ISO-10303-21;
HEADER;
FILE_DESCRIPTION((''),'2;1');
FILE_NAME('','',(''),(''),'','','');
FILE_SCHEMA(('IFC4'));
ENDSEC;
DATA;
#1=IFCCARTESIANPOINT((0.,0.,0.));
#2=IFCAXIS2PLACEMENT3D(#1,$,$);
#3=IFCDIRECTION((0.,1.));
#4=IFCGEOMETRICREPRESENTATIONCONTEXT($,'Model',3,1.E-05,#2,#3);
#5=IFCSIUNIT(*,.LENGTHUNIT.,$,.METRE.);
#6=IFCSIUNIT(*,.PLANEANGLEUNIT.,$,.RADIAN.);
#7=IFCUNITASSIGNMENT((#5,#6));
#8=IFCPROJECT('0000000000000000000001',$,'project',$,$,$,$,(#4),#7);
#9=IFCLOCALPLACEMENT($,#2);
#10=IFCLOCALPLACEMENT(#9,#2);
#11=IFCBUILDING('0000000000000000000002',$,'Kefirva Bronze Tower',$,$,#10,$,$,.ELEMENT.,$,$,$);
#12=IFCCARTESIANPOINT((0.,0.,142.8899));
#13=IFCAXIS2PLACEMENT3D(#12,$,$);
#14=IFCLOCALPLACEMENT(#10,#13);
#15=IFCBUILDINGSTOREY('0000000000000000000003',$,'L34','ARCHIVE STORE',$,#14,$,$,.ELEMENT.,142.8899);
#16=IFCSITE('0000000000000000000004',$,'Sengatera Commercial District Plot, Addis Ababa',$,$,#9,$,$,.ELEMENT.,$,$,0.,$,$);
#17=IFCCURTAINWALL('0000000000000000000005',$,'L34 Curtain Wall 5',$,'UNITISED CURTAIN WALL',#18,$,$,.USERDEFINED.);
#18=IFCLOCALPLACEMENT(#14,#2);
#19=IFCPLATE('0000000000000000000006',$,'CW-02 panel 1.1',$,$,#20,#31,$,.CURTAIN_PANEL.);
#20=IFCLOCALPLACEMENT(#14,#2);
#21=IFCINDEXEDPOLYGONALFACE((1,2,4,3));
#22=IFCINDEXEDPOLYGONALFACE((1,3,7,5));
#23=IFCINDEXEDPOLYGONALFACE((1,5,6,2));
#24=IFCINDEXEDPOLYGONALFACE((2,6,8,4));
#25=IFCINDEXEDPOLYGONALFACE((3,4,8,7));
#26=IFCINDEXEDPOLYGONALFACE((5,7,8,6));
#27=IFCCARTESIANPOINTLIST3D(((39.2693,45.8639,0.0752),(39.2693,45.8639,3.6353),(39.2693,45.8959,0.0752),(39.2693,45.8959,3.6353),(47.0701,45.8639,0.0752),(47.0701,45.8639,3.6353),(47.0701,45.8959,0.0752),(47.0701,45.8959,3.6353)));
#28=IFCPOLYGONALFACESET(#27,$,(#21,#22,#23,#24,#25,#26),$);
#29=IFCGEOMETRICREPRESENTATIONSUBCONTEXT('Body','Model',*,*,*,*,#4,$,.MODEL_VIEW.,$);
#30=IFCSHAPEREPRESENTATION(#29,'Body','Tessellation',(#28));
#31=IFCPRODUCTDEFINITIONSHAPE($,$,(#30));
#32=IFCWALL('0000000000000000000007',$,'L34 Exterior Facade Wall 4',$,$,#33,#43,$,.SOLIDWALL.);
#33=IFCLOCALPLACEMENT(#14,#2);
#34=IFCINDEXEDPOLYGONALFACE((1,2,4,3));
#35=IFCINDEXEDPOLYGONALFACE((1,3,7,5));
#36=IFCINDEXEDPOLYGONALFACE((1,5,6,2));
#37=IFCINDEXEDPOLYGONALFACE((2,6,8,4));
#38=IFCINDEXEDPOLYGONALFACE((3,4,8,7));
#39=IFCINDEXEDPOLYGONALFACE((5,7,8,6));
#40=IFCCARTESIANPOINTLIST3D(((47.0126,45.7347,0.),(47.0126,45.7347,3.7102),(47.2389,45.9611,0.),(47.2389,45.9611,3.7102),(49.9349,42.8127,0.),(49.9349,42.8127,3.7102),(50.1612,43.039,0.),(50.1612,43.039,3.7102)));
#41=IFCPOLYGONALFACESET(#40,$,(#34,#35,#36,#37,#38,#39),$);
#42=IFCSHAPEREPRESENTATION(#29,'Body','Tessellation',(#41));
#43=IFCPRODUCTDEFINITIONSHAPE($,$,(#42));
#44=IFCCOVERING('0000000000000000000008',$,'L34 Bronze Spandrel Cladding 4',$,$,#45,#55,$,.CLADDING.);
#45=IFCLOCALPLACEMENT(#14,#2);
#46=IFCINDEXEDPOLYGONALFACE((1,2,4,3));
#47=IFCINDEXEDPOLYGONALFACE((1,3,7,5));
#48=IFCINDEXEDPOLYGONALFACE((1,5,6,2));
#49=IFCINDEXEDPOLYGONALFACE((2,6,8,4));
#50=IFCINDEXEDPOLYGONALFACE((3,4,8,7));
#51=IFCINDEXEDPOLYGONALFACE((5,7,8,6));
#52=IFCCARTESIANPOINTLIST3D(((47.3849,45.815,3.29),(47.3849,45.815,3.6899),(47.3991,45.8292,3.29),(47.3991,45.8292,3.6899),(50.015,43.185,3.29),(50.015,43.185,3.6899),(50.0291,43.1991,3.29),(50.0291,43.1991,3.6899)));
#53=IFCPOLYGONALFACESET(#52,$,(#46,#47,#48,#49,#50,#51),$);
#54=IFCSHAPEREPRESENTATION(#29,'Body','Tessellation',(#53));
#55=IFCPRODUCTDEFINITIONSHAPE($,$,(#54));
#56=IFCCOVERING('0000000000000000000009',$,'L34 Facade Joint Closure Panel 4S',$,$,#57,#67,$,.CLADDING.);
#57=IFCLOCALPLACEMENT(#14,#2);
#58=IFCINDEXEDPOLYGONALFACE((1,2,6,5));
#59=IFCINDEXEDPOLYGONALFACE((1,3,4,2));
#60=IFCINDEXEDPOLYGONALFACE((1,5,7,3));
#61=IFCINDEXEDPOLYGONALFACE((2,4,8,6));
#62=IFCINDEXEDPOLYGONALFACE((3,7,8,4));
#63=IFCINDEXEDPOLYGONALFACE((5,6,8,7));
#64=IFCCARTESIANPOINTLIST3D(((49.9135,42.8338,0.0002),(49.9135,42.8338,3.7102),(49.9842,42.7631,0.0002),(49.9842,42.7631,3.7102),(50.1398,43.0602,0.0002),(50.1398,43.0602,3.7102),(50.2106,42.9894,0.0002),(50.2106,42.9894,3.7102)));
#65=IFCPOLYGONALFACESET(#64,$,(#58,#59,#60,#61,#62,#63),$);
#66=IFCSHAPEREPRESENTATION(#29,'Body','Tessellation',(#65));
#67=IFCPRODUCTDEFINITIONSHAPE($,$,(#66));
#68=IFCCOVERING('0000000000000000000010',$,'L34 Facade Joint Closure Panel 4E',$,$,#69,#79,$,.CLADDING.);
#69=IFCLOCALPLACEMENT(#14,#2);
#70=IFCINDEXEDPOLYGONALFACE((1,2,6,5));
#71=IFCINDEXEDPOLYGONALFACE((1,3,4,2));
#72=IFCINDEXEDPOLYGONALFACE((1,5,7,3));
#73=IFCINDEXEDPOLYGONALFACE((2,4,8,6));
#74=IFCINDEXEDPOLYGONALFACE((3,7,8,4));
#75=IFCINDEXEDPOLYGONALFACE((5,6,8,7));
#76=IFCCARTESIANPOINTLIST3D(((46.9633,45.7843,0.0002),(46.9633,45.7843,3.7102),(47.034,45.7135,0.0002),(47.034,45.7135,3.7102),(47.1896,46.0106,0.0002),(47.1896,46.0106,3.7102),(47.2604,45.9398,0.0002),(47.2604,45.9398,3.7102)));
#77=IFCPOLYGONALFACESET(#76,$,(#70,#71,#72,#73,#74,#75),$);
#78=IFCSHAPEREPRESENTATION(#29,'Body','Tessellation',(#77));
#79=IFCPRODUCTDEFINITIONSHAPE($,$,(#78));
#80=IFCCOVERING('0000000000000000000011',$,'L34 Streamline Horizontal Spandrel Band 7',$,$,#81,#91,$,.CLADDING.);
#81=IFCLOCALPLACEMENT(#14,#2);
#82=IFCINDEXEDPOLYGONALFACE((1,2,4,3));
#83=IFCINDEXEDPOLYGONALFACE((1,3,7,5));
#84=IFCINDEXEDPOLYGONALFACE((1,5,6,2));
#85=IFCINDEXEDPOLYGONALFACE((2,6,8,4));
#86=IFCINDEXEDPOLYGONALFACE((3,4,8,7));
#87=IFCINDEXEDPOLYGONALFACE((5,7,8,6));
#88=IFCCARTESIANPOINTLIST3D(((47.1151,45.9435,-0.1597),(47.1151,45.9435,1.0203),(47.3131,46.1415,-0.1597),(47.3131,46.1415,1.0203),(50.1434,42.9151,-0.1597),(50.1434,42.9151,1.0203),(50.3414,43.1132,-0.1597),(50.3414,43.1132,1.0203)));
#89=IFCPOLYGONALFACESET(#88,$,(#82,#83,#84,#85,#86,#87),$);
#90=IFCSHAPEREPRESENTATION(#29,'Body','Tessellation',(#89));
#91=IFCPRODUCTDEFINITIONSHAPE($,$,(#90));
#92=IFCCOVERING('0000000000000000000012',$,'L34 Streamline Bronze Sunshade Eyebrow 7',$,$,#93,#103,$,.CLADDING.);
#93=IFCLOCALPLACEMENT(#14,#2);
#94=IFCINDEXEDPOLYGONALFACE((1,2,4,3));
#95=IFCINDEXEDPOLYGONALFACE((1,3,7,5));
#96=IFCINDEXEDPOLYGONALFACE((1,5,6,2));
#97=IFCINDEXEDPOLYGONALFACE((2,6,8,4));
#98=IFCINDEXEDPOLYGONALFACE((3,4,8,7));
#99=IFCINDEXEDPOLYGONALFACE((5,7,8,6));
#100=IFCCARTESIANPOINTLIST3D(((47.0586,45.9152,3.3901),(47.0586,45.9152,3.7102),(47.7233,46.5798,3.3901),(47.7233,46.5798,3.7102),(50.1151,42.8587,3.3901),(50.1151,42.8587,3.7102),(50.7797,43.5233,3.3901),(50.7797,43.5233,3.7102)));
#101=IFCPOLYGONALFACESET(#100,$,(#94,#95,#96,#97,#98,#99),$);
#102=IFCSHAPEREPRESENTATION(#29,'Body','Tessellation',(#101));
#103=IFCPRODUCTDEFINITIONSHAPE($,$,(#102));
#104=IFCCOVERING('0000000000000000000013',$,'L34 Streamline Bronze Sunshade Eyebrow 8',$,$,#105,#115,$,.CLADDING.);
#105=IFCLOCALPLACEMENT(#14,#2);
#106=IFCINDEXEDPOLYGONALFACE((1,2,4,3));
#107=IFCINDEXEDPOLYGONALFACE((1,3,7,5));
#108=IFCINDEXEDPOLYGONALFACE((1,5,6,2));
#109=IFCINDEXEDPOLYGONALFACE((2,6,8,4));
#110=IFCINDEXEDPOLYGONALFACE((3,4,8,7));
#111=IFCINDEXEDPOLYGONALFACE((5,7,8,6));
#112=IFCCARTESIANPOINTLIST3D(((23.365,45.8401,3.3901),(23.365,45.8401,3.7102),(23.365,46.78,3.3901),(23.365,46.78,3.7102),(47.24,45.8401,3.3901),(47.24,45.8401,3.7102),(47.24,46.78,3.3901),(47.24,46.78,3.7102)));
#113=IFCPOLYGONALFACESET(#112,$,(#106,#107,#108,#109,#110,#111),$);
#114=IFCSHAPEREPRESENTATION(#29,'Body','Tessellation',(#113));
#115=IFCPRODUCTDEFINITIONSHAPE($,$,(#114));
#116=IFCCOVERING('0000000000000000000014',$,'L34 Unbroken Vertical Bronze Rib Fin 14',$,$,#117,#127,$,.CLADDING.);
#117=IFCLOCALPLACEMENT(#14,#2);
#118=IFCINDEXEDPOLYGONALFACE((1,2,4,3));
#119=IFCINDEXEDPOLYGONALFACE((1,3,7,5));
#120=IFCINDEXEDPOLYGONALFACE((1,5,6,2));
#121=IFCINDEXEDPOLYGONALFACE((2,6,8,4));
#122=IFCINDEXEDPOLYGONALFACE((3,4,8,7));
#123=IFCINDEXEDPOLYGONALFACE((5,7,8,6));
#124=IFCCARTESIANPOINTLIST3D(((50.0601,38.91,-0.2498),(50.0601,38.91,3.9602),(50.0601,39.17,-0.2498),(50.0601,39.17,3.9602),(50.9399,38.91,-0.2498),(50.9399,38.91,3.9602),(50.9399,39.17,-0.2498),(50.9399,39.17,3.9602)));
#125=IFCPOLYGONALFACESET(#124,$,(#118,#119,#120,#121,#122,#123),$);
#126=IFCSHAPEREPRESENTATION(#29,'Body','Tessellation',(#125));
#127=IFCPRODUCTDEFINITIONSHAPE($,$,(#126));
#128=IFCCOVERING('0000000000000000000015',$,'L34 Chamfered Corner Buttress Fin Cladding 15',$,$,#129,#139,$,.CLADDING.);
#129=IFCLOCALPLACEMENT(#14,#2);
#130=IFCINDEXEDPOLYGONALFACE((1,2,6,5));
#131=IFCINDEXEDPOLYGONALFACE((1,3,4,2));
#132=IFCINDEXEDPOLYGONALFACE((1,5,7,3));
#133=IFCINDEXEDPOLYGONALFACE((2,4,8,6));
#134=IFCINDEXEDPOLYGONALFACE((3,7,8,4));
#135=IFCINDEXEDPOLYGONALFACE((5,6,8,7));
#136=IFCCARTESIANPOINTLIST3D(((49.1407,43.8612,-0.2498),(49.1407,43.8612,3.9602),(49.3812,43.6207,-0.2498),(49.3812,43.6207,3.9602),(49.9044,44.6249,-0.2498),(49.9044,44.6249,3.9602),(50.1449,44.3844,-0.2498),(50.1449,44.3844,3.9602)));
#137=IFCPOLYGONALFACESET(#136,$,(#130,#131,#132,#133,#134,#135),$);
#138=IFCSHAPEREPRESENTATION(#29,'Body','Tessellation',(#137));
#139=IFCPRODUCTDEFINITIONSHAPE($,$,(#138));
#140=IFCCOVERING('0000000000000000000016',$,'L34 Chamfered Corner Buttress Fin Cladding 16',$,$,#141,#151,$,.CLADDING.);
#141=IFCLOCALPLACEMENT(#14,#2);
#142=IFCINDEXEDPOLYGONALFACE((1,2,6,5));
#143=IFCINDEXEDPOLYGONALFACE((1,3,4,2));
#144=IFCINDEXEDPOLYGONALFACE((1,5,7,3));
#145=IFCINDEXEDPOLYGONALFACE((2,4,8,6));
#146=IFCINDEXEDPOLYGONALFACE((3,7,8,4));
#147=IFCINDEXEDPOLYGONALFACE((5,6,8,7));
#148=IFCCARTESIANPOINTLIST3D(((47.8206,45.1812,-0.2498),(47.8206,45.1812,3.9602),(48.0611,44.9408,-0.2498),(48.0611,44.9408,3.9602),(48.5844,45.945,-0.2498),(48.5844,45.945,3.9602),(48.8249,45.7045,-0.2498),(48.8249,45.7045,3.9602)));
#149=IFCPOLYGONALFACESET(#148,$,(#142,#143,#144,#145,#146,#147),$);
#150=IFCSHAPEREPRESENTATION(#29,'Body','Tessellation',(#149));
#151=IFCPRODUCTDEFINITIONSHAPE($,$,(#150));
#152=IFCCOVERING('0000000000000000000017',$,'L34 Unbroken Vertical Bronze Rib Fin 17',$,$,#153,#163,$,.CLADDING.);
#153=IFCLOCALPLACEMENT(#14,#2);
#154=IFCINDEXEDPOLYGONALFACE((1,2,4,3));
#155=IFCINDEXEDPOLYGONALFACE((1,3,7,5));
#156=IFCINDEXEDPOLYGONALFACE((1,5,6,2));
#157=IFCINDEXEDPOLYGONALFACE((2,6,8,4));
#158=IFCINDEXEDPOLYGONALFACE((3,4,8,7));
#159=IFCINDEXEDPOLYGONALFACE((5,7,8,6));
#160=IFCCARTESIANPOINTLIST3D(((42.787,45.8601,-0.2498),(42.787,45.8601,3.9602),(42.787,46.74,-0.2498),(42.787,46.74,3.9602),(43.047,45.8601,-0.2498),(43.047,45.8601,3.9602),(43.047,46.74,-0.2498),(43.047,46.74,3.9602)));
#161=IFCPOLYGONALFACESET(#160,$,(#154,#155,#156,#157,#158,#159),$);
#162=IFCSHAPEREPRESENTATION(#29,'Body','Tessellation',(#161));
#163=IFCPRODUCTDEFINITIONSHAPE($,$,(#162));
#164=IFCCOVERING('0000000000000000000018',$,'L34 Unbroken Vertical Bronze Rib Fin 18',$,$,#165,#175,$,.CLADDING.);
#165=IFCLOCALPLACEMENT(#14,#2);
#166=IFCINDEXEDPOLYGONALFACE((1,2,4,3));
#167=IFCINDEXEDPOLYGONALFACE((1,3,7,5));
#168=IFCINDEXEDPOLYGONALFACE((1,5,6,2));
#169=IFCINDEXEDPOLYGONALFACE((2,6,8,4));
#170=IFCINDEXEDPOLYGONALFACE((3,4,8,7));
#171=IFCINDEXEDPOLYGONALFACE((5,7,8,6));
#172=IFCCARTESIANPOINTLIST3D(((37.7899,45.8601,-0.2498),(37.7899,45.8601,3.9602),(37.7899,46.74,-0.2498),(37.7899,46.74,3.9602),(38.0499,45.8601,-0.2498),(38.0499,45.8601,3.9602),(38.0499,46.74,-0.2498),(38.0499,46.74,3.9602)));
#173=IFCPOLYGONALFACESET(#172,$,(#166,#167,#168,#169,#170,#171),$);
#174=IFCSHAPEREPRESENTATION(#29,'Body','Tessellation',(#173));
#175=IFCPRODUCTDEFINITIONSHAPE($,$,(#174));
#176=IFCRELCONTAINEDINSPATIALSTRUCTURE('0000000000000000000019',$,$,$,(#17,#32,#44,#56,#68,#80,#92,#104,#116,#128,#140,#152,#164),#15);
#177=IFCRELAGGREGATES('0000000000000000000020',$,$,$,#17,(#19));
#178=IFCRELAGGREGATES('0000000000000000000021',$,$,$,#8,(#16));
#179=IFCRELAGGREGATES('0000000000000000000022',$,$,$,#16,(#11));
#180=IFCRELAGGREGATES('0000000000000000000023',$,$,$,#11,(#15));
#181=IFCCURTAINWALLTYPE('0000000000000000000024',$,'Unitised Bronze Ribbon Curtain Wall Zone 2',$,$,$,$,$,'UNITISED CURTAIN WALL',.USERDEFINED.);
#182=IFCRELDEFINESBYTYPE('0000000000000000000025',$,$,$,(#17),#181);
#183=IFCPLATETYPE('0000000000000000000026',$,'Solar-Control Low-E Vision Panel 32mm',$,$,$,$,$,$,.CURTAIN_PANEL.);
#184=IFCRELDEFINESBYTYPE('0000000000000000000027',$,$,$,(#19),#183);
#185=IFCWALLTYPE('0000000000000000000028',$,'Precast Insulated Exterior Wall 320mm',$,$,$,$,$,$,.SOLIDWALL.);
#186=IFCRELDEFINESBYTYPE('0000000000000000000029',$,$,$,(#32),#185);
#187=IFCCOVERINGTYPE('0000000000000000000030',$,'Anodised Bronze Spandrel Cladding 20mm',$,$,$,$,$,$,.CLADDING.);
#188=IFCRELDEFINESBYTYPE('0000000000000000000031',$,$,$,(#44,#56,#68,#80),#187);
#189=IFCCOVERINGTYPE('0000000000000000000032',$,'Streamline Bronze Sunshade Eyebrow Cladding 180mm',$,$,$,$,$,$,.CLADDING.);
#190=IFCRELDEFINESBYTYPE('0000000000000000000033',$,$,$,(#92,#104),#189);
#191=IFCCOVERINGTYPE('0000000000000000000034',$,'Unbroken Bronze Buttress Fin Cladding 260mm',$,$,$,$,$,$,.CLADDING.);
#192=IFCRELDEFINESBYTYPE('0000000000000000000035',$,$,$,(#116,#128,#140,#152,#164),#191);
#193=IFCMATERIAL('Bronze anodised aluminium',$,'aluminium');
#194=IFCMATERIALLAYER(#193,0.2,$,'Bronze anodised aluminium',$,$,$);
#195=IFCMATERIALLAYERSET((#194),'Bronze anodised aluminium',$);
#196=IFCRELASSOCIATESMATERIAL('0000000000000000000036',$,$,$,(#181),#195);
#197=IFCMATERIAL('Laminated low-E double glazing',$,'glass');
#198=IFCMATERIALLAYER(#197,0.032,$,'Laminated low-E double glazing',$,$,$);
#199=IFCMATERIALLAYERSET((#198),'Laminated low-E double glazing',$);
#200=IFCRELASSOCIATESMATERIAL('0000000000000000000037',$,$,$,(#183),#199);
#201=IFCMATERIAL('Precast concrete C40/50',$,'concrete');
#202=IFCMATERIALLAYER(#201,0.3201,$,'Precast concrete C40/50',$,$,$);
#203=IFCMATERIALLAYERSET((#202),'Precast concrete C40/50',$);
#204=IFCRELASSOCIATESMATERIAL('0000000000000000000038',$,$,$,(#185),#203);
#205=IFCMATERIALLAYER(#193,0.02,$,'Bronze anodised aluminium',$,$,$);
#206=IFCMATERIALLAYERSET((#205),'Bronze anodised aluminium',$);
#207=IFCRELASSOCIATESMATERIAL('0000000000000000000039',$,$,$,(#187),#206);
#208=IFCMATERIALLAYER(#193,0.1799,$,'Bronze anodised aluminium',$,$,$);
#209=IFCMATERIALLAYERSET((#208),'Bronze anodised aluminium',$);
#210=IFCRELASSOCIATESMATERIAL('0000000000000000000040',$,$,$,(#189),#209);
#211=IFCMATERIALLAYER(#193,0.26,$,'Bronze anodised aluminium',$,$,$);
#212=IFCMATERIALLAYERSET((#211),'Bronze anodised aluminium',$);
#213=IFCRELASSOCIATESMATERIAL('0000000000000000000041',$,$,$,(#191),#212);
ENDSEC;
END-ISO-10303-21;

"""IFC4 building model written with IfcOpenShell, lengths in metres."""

from ifc_helpers import new_model, si_unit, direction, frame, frame_2d, origin, origin_2d, place, context, subcontext, project, spatial, rectangle, extrude, material, layer, layer_set, type_object, element, aggregate, save


model = new_model("IFC4")

# Units and contexts
model_context = context("Model", 3, precision=1e-05, world=origin(), true_north=direction((0.0, 1.0)))
body_context = subcontext(model_context, "Body", "Model", "MODEL_VIEW")
ifc_project = project(units=[si_unit("LENGTHUNIT", "METRE"), si_unit("PLANEANGLEUNIT", "RADIAN")], contexts=[model_context])

# Site, building, storey
site_placement = place(None, origin())
site = spatial("IfcSite", under=ifc_project, at=site_placement, Name="Sengatera Commercial District Plot, Addis Ababa", CompositionType="ELEMENT", RefElevation=0.0)
building_placement = place(site_placement, origin())
building = spatial("IfcBuilding", under=site, at=building_placement, Name="Kefirva Bronze Tower", CompositionType="ELEMENT")
storey_placement = place(building_placement, frame((0.0, 0.0, 142.8899)))
storey = spatial("IfcBuildingStorey", under=building, at=storey_placement, Name="L34", Description="ARCHIVE STORE", CompositionType="ELEMENT", Elevation=142.8899)

# Shared definitions
ifc_material_1 = material(Name="Bronze anodised aluminium", Category="aluminium")
ifc_layer_1 = layer(ifc_material_1, 0.2, Name="Bronze anodised aluminium")
ifc_layer_set_1 = layer_set([ifc_layer_1], Name="Bronze anodised aluminium")
curtain_wall_type = type_object("IfcCurtainWallType", Name="Unitised Bronze Ribbon Curtain Wall Zone 2", ElementType="UNITISED CURTAIN WALL", PredefinedType="USERDEFINED", material=ifc_layer_set_1)

# Curtain wall
curtain_wall_1_placement = place(storey_placement, origin())
curtain_wall_1 = element("IfcCurtainWall", 1, at=curtain_wall_1_placement, inside=storey, type_object=curtain_wall_type, Name="L34 Curtain Wall 5", ObjectType="UNITISED CURTAIN WALL", PredefinedType="USERDEFINED")

# Plate
ifc_material_2 = material(Name="Laminated low-E double glazing", Category="glass")
ifc_layer_2 = layer(ifc_material_2, 0.032, Name="Laminated low-E double glazing")
ifc_layer_set_2 = layer_set([ifc_layer_2], Name="Laminated low-E double glazing")
plate_type = type_object("IfcPlateType", Name="Solar-Control Low-E Vision Panel 32mm", PredefinedType="CURTAIN_PANEL", material=ifc_layer_set_2)
plate_placement = place(storey_placement, frame((43.1697, 45.8799, 0.0752), z_axis=(0.0, 0.0, 1.0), x_axis=(-1.0, 0.0, 0.0)))
plate = element("IfcPlate", 2, at=plate_placement, type_object=plate_type, Name="CW-02 panel 1.1", PredefinedType="CURTAIN_PANEL", context=body_context, shape_type="SweptSolid", body=[
    extrude(rectangle(XDim=7.8008, YDim=0.032, at=origin_2d()), origin(), (0.0, 0.0, 1.0), 3.5601),
])
aggregate(curtain_wall_1, [plate])

# Wall
ifc_material_3 = material(Name="Precast concrete C40/50", Category="concrete")
ifc_layer_3 = layer(ifc_material_3, 0.3201, Name="Precast concrete C40/50")
ifc_layer_set_3 = layer_set([ifc_layer_3], Name="Precast concrete C40/50")
wall_type = type_object("IfcWallType", Name="Precast Insulated Exterior Wall 320mm", PredefinedType="SOLIDWALL", material=ifc_layer_set_3)
wall_placement = place(storey_placement, frame((50.0481, 42.9258, 0.0), z_axis=(0.0, 0.0, 1.0), x_axis=(-0.707136, 0.707077, 0.0)))
element("IfcWall", 3, at=wall_placement, inside=storey, type_object=wall_type, Name="L34 Exterior Facade Wall 4", PredefinedType="SOLIDWALL", context=body_context, shape_type="SweptSolid", body=[
    extrude(rectangle(XDim=4.1326, YDim=0.3201, at=frame_2d((2.0664, 0.0))), origin(), (0.0, 0.0, 1.0), 3.7102),
])

# Coverings
ifc_layer_4 = layer(ifc_material_1, 0.02, Name="Bronze anodised aluminium")
ifc_layer_set_4 = layer_set([ifc_layer_4], Name="Bronze anodised aluminium")
covering_type_1 = type_object("IfcCoveringType", Name="Anodised Bronze Spandrel Cladding 20mm", PredefinedType="CLADDING", material=ifc_layer_set_4)
covering_1_placement = place(storey_placement, frame((48.707, 44.5071, 3.29), z_axis=(0.0, 0.0, 1.0), x_axis=(-0.707107, 0.707107, 0.0)))
element("IfcCovering", 4, at=covering_1_placement, inside=storey, type_object=covering_type_1, Name="L34 Bronze Spandrel Cladding 4", PredefinedType="CLADDING", context=body_context, shape_type="SweptSolid", body=[
    extrude(rectangle(XDim=3.7195, YDim=0.02, at=origin_2d()), origin(), (0.0, 0.0, 1.0), 0.3999),
])
for number, where, z_axis, x_axis, name in (
    (5, (50.062, 42.9116, 0.0002), (0.0, 0.0, 1.0), (-0.707107, 0.707107, 0.0), "L34 Facade Joint Closure Panel 4S"),
    (6, (47.1118, 45.8621, 0.0002), (0.0, 0.0, 1.0), (-0.707107, 0.707107, 0.0), "L34 Facade Joint Closure Panel 4E"),
):
    element("IfcCovering", number, at=place(storey_placement, frame(where, z_axis=z_axis, x_axis=x_axis)), inside=storey, type_object=covering_type_1, Name=name, PredefinedType="CLADDING", context=body_context, shape_type="SweptSolid", body=[
        extrude(rectangle(XDim=0.1001, YDim=0.3201, at=origin_2d()), origin(), (0.0, 0.0, 1.0), 3.71),
    ])
covering_2_placement = place(storey_placement, frame((48.7283, 44.5283, -0.1597), z_axis=(0.0, 0.0, 1.0), x_axis=(-0.707107, 0.707107, 0.0)))
element("IfcCovering", 7, at=covering_2_placement, inside=storey, type_object=covering_type_1, Name="L34 Streamline Horizontal Spandrel Band 7", PredefinedType="CLADDING", context=body_context, shape_type="SweptSolid", body=[
    extrude(rectangle(XDim=4.2827, YDim=0.28, at=origin_2d()), origin(), (0.0, 0.0, 1.0), 1.1799),
])
ifc_layer_5 = layer(ifc_material_1, 0.1799, Name="Bronze anodised aluminium")
ifc_layer_set_5 = layer_set([ifc_layer_5], Name="Bronze anodised aluminium")
covering_type_2 = type_object("IfcCoveringType", Name="Streamline Bronze Sunshade Eyebrow Cladding 180mm", PredefinedType="CLADDING", material=ifc_layer_set_5)
covering_3_placement = place(storey_placement, frame((48.9192, 44.7192, 3.3901), z_axis=(0.0, 0.0, 1.0), x_axis=(-0.707107, 0.707107, 0.0)))
element("IfcCovering", 8, at=covering_3_placement, inside=storey, type_object=covering_type_2, Name="L34 Streamline Bronze Sunshade Eyebrow 7", PredefinedType="CLADDING", context=body_context, shape_type="SweptSolid", body=[
    extrude(rectangle(XDim=4.3225, YDim=0.9399, at=origin_2d()), origin(), (0.0, 0.0, 1.0), 0.3201),
])
covering_4_placement = place(storey_placement, frame((35.3025, 46.3101, 3.3901), z_axis=(0.0, 0.0, 1.0), x_axis=(-1.0, 0.0, 0.0)))
element("IfcCovering", 9, at=covering_4_placement, inside=storey, type_object=covering_type_2, Name="L34 Streamline Bronze Sunshade Eyebrow 8", PredefinedType="CLADDING", context=body_context, shape_type="SweptSolid", body=[
    extrude(rectangle(XDim=23.875, YDim=0.9399, at=origin_2d()), origin(), (0.0, 0.0, 1.0), 0.3201),
])
ifc_layer_6 = layer(ifc_material_1, 0.26, Name="Bronze anodised aluminium")
ifc_layer_set_6 = layer_set([ifc_layer_6], Name="Bronze anodised aluminium")
covering_type_3 = type_object("IfcCoveringType", Name="Unbroken Bronze Buttress Fin Cladding 260mm", PredefinedType="CLADDING", material=ifc_layer_set_6)
covering_5_placement = place(storey_placement, frame((50.5, 39.04, -0.2498), z_axis=(0.0, 0.0, 1.0), x_axis=(0.0, 1.0, 0.0)))
element("IfcCovering", 10, at=covering_5_placement, inside=storey, type_object=covering_type_3, Name="L34 Unbroken Vertical Bronze Rib Fin 14", PredefinedType="CLADDING", context=body_context, shape_type="SweptSolid", body=[
    extrude(rectangle(XDim=0.26, YDim=0.8799, at=origin_2d()), origin(), (0.0, 0.0, 1.0), 4.21),
])
for number, where, z_axis, x_axis, name in (
    (11, (49.6428, 44.1228, -0.2498), (0.0, 0.0, 1.0), (-0.707107, 0.707107, 0.0), "L34 Chamfered Corner Buttress Fin Cladding 15"),
    (12, (48.3228, 45.4429, -0.2498), (0.0, 0.0, 1.0), (-0.707107, 0.707107, 0.0), "L34 Chamfered Corner Buttress Fin Cladding 16"),
):
    element("IfcCovering", number, at=place(storey_placement, frame(where, z_axis=z_axis, x_axis=x_axis)), inside=storey, type_object=covering_type_3, Name=name, PredefinedType="CLADDING", context=body_context, shape_type="SweptSolid", body=[
        extrude(rectangle(XDim=0.3401, YDim=1.0801, at=origin_2d()), origin(), (0.0, 0.0, 1.0), 4.21),
    ])
for number, where, z_axis, x_axis, name in (
    (13, (42.917, 46.3, -0.2498), (0.0, 0.0, 1.0), (-1.0, 0.0, 0.0), "L34 Unbroken Vertical Bronze Rib Fin 17"),
    (14, (37.9199, 46.3, -0.2498), (0.0, 0.0, 1.0), (-1.0, 0.0, 0.0), "L34 Unbroken Vertical Bronze Rib Fin 18"),
):
    element("IfcCovering", number, at=place(storey_placement, frame(where, z_axis=z_axis, x_axis=x_axis)), inside=storey, type_object=covering_type_3, Name=name, PredefinedType="CLADDING", context=body_context, shape_type="SweptSolid", body=[
        extrude(rectangle(XDim=0.26, YDim=0.8799, at=origin_2d()), origin(), (0.0, 0.0, 1.0), 4.21),
    ])

save(model, "model.ifc")
